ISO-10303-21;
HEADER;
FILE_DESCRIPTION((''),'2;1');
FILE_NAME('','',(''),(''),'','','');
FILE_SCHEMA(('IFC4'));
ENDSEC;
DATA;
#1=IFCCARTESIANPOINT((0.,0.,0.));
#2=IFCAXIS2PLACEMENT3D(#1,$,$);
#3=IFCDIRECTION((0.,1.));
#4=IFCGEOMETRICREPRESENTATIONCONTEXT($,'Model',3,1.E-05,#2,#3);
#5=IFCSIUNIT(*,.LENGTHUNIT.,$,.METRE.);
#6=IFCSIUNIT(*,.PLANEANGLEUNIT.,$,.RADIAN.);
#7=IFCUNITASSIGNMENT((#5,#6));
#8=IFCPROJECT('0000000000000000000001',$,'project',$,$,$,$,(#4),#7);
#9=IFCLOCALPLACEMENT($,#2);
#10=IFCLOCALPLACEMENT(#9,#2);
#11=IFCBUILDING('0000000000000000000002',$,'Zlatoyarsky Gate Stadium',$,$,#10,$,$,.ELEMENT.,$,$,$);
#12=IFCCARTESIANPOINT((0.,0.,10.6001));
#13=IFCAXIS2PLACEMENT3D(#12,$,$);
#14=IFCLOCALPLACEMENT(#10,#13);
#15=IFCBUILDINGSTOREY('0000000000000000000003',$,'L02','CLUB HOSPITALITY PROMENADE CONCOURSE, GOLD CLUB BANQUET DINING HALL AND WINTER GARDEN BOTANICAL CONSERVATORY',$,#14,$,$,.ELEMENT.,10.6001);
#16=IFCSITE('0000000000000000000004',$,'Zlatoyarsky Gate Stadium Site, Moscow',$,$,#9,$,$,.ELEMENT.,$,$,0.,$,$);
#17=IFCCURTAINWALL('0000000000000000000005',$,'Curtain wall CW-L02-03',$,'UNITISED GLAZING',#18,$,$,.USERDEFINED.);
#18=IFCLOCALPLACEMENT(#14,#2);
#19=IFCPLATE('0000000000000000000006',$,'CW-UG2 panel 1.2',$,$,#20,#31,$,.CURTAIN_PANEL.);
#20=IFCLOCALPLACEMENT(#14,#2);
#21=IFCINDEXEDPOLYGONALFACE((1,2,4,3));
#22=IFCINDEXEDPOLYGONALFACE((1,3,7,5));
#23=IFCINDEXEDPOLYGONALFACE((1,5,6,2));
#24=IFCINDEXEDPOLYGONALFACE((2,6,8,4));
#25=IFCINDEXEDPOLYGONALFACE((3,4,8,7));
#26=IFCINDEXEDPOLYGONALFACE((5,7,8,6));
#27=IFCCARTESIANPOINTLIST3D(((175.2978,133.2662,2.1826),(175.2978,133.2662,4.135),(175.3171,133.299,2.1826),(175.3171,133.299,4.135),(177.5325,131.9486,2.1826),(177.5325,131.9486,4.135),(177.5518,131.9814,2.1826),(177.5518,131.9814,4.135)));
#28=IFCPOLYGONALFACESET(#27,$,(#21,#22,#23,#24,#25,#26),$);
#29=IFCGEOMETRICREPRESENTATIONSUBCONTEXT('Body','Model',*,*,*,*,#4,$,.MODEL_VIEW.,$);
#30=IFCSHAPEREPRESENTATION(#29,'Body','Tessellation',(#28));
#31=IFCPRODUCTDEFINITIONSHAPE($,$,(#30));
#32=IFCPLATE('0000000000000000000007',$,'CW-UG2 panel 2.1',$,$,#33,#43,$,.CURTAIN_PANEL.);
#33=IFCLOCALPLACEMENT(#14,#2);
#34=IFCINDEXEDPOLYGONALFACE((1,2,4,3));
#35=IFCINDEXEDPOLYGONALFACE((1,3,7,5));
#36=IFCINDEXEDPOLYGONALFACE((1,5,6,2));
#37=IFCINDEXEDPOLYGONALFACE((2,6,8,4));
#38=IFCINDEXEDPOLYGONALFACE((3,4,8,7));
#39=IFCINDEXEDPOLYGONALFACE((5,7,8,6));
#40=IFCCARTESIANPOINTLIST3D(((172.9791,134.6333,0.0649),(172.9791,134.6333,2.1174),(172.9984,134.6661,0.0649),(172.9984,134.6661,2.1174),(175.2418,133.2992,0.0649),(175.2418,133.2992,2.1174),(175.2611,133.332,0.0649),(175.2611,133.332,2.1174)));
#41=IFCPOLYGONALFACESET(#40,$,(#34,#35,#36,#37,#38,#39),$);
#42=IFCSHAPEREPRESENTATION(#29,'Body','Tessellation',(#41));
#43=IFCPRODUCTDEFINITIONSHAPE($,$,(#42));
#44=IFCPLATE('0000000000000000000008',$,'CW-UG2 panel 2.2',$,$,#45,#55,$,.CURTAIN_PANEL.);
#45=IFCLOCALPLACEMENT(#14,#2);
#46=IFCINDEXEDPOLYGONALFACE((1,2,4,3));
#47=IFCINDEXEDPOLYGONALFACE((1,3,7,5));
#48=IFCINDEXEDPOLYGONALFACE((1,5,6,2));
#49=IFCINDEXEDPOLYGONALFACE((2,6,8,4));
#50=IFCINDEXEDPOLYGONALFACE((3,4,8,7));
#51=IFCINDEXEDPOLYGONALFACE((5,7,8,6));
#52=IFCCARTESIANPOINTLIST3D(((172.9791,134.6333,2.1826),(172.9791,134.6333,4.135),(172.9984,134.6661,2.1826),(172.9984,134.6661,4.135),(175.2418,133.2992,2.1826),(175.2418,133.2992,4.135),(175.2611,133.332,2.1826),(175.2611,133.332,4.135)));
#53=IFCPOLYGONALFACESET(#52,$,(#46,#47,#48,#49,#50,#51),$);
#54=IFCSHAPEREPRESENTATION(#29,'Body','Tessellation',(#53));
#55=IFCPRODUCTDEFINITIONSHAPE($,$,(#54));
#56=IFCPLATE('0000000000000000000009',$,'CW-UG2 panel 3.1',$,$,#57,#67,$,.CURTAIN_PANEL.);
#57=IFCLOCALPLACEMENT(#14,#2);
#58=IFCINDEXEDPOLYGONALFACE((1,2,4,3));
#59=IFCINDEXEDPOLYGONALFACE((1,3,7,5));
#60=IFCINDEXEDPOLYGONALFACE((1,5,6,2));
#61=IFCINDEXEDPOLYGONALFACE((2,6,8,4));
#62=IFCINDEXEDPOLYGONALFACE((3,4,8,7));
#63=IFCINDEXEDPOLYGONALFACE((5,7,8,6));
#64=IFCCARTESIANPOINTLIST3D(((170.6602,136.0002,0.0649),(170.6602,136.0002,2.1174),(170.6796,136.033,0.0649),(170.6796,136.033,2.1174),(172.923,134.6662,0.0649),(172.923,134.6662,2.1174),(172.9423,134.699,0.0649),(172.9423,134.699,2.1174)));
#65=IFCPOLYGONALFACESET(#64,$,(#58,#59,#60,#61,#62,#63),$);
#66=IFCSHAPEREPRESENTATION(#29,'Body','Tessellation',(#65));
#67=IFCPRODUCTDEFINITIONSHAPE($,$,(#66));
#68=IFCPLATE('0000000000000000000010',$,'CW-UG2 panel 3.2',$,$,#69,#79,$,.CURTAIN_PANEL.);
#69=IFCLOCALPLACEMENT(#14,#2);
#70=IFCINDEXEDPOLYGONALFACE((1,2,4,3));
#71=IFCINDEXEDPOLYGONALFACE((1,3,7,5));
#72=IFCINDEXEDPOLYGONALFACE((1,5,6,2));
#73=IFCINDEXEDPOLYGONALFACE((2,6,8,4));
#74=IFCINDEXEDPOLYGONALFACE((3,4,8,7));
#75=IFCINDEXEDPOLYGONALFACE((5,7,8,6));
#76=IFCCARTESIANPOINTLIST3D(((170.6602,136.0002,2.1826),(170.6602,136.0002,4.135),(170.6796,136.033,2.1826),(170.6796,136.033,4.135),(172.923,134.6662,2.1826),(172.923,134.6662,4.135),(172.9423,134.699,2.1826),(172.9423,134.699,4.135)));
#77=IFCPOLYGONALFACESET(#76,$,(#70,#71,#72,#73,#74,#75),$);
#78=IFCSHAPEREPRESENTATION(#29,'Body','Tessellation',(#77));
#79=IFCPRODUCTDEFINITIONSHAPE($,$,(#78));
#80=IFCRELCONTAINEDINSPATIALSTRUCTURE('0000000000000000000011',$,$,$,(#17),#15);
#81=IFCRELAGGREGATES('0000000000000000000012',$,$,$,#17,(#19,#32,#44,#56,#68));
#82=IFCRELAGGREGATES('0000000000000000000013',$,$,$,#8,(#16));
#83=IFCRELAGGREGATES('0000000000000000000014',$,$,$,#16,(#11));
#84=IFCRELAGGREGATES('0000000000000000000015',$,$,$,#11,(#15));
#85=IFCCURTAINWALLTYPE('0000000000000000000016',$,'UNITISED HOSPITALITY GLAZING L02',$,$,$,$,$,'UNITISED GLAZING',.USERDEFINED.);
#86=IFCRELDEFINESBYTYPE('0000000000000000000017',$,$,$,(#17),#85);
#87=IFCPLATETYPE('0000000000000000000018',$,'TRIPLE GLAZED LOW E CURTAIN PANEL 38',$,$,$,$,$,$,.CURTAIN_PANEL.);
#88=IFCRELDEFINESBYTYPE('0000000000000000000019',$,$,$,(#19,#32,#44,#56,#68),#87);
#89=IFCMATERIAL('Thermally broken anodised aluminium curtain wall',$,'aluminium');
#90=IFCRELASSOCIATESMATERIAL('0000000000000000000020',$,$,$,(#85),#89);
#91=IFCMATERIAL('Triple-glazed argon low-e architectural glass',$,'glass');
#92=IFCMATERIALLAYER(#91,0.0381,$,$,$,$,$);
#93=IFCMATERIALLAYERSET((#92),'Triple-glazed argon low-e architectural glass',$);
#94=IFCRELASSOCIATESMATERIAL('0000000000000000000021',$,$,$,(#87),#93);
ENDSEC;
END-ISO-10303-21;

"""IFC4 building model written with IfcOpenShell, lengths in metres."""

from ifc_helpers import new_model, si_unit, direction, frame, origin, origin_2d, place, context, subcontext, project, spatial, rectangle, extrude, material, layer, layer_set, type_object, element, aggregate, save


model = new_model("IFC4")

# Units and contexts
model_context = context("Model", 3, precision=1e-05, world=origin(), true_north=direction((0.0, 1.0)))
body_context = subcontext(model_context, "Body", "Model", "MODEL_VIEW")
ifc_project = project(units=[si_unit("LENGTHUNIT", "METRE"), si_unit("PLANEANGLEUNIT", "RADIAN")], contexts=[model_context])

# Site, building, storey
site_placement = place(None, origin())
site = spatial("IfcSite", under=ifc_project, at=site_placement, Name="Zlatoyarsky Gate Stadium Site, Moscow", CompositionType="ELEMENT", RefElevation=0.0)
building_placement = place(site_placement, origin())
building = spatial("IfcBuilding", under=site, at=building_placement, Name="Zlatoyarsky Gate Stadium", CompositionType="ELEMENT")
storey_placement = place(building_placement, frame((0.0, 0.0, 10.6001)))
storey = spatial("IfcBuildingStorey", under=building, at=storey_placement, Name="L02", Description="CLUB HOSPITALITY PROMENADE CONCOURSE, GOLD CLUB BANQUET DINING HALL AND WINTER GARDEN BOTANICAL CONSERVATORY", CompositionType="ELEMENT", Elevation=10.6001)

# Curtain wall
ifc_material_1 = material(Name="Thermally broken anodised aluminium curtain wall", Category="aluminium")
curtain_wall_type = type_object("IfcCurtainWallType", Name="UNITISED HOSPITALITY GLAZING L02", ElementType="UNITISED GLAZING", PredefinedType="USERDEFINED", material=ifc_material_1)
curtain_wall_placement = place(storey_placement, origin())
curtain_wall = element("IfcCurtainWall", 1, at=curtain_wall_placement, inside=storey, type_object=curtain_wall_type, Name="Curtain wall CW-L02-03", ObjectType="UNITISED GLAZING", PredefinedType="USERDEFINED")

# Plates
ifc_material_2 = material(Name="Triple-glazed argon low-e architectural glass", Category="glass")
ifc_layer_1 = layer(ifc_material_2, 0.0381)
ifc_layer_set_1 = layer_set([ifc_layer_1], Name="Triple-glazed argon low-e architectural glass")
plate_type_1 = type_object("IfcPlateType", Name="TRIPLE GLAZED LOW E CURTAIN PANEL 38", PredefinedType="CURTAIN_PANEL", material=ifc_layer_set_1)
plate_1_placement = place(storey_placement, frame((176.4248, 132.6238, 2.1826), z_axis=(0.0, 0.0, 1.0), x_axis=(-0.861425, 0.507884, 0.0)))
plate_1 = element("IfcPlate", 2, at=plate_1_placement, type_object=plate_type_1, Name="CW-UG2 panel 1.2", PredefinedType="CURTAIN_PANEL", context=body_context, shape_type="SweptSolid", body=[
    extrude(rectangle(XDim=2.5942, YDim=0.0381, at=origin_2d()), origin(), (0.0, 0.0, 1.0), 1.9524),
])
plate_2_placement = place(storey_placement, frame((174.1201, 133.9827, 0.0649), z_axis=(0.0, 0.0, 1.0), x_axis=(-0.861425, 0.507884, 0.0)))
plate_2 = element("IfcPlate", 3, at=plate_2_placement, type_object=plate_type_1, Name="CW-UG2 panel 2.1", PredefinedType="CURTAIN_PANEL", context=body_context, shape_type="SweptSolid", body=[
    extrude(rectangle(XDim=2.6267, YDim=0.0381, at=origin_2d()), origin(), (0.0, 0.0, 1.0), 2.0525),
])
plate_3_placement = place(storey_placement, frame((174.1201, 133.9827, 2.1826), z_axis=(0.0, 0.0, 1.0), x_axis=(-0.861425, 0.507884, 0.0)))
plate_3 = element("IfcPlate", 4, at=plate_3_placement, type_object=plate_type_1, Name="CW-UG2 panel 2.2", PredefinedType="CURTAIN_PANEL", context=body_context, shape_type="SweptSolid", body=[
    extrude(rectangle(XDim=2.6267, YDim=0.0381, at=origin_2d()), origin(), (0.0, 0.0, 1.0), 1.9524),
])
plate_4_placement = place(storey_placement, frame((171.8013, 135.3496, 0.0649), z_axis=(0.0, 0.0, 1.0), x_axis=(-0.861425, 0.507884, 0.0)))
plate_4 = element("IfcPlate", 5, at=plate_4_placement, type_object=plate_type_1, Name="CW-UG2 panel 3.1", PredefinedType="CURTAIN_PANEL", context=body_context, shape_type="SweptSolid", body=[
    extrude(rectangle(XDim=2.6267, YDim=0.0381, at=origin_2d()), origin(), (0.0, 0.0, 1.0), 2.0525),
])
plate_5_placement = place(storey_placement, frame((171.8013, 135.3496, 2.1826), z_axis=(0.0, 0.0, 1.0), x_axis=(-0.861425, 0.507884, 0.0)))
plate_5 = element("IfcPlate", 6, at=plate_5_placement, type_object=plate_type_1, Name="CW-UG2 panel 3.2", PredefinedType="CURTAIN_PANEL", context=body_context, shape_type="SweptSolid", body=[
    extrude(rectangle(XDim=2.6267, YDim=0.0381, at=origin_2d()), origin(), (0.0, 0.0, 1.0), 1.9524),
])
aggregate(curtain_wall, [plate_1, plate_2, plate_3, plate_4, plate_5])

save(model, "model.ifc")
